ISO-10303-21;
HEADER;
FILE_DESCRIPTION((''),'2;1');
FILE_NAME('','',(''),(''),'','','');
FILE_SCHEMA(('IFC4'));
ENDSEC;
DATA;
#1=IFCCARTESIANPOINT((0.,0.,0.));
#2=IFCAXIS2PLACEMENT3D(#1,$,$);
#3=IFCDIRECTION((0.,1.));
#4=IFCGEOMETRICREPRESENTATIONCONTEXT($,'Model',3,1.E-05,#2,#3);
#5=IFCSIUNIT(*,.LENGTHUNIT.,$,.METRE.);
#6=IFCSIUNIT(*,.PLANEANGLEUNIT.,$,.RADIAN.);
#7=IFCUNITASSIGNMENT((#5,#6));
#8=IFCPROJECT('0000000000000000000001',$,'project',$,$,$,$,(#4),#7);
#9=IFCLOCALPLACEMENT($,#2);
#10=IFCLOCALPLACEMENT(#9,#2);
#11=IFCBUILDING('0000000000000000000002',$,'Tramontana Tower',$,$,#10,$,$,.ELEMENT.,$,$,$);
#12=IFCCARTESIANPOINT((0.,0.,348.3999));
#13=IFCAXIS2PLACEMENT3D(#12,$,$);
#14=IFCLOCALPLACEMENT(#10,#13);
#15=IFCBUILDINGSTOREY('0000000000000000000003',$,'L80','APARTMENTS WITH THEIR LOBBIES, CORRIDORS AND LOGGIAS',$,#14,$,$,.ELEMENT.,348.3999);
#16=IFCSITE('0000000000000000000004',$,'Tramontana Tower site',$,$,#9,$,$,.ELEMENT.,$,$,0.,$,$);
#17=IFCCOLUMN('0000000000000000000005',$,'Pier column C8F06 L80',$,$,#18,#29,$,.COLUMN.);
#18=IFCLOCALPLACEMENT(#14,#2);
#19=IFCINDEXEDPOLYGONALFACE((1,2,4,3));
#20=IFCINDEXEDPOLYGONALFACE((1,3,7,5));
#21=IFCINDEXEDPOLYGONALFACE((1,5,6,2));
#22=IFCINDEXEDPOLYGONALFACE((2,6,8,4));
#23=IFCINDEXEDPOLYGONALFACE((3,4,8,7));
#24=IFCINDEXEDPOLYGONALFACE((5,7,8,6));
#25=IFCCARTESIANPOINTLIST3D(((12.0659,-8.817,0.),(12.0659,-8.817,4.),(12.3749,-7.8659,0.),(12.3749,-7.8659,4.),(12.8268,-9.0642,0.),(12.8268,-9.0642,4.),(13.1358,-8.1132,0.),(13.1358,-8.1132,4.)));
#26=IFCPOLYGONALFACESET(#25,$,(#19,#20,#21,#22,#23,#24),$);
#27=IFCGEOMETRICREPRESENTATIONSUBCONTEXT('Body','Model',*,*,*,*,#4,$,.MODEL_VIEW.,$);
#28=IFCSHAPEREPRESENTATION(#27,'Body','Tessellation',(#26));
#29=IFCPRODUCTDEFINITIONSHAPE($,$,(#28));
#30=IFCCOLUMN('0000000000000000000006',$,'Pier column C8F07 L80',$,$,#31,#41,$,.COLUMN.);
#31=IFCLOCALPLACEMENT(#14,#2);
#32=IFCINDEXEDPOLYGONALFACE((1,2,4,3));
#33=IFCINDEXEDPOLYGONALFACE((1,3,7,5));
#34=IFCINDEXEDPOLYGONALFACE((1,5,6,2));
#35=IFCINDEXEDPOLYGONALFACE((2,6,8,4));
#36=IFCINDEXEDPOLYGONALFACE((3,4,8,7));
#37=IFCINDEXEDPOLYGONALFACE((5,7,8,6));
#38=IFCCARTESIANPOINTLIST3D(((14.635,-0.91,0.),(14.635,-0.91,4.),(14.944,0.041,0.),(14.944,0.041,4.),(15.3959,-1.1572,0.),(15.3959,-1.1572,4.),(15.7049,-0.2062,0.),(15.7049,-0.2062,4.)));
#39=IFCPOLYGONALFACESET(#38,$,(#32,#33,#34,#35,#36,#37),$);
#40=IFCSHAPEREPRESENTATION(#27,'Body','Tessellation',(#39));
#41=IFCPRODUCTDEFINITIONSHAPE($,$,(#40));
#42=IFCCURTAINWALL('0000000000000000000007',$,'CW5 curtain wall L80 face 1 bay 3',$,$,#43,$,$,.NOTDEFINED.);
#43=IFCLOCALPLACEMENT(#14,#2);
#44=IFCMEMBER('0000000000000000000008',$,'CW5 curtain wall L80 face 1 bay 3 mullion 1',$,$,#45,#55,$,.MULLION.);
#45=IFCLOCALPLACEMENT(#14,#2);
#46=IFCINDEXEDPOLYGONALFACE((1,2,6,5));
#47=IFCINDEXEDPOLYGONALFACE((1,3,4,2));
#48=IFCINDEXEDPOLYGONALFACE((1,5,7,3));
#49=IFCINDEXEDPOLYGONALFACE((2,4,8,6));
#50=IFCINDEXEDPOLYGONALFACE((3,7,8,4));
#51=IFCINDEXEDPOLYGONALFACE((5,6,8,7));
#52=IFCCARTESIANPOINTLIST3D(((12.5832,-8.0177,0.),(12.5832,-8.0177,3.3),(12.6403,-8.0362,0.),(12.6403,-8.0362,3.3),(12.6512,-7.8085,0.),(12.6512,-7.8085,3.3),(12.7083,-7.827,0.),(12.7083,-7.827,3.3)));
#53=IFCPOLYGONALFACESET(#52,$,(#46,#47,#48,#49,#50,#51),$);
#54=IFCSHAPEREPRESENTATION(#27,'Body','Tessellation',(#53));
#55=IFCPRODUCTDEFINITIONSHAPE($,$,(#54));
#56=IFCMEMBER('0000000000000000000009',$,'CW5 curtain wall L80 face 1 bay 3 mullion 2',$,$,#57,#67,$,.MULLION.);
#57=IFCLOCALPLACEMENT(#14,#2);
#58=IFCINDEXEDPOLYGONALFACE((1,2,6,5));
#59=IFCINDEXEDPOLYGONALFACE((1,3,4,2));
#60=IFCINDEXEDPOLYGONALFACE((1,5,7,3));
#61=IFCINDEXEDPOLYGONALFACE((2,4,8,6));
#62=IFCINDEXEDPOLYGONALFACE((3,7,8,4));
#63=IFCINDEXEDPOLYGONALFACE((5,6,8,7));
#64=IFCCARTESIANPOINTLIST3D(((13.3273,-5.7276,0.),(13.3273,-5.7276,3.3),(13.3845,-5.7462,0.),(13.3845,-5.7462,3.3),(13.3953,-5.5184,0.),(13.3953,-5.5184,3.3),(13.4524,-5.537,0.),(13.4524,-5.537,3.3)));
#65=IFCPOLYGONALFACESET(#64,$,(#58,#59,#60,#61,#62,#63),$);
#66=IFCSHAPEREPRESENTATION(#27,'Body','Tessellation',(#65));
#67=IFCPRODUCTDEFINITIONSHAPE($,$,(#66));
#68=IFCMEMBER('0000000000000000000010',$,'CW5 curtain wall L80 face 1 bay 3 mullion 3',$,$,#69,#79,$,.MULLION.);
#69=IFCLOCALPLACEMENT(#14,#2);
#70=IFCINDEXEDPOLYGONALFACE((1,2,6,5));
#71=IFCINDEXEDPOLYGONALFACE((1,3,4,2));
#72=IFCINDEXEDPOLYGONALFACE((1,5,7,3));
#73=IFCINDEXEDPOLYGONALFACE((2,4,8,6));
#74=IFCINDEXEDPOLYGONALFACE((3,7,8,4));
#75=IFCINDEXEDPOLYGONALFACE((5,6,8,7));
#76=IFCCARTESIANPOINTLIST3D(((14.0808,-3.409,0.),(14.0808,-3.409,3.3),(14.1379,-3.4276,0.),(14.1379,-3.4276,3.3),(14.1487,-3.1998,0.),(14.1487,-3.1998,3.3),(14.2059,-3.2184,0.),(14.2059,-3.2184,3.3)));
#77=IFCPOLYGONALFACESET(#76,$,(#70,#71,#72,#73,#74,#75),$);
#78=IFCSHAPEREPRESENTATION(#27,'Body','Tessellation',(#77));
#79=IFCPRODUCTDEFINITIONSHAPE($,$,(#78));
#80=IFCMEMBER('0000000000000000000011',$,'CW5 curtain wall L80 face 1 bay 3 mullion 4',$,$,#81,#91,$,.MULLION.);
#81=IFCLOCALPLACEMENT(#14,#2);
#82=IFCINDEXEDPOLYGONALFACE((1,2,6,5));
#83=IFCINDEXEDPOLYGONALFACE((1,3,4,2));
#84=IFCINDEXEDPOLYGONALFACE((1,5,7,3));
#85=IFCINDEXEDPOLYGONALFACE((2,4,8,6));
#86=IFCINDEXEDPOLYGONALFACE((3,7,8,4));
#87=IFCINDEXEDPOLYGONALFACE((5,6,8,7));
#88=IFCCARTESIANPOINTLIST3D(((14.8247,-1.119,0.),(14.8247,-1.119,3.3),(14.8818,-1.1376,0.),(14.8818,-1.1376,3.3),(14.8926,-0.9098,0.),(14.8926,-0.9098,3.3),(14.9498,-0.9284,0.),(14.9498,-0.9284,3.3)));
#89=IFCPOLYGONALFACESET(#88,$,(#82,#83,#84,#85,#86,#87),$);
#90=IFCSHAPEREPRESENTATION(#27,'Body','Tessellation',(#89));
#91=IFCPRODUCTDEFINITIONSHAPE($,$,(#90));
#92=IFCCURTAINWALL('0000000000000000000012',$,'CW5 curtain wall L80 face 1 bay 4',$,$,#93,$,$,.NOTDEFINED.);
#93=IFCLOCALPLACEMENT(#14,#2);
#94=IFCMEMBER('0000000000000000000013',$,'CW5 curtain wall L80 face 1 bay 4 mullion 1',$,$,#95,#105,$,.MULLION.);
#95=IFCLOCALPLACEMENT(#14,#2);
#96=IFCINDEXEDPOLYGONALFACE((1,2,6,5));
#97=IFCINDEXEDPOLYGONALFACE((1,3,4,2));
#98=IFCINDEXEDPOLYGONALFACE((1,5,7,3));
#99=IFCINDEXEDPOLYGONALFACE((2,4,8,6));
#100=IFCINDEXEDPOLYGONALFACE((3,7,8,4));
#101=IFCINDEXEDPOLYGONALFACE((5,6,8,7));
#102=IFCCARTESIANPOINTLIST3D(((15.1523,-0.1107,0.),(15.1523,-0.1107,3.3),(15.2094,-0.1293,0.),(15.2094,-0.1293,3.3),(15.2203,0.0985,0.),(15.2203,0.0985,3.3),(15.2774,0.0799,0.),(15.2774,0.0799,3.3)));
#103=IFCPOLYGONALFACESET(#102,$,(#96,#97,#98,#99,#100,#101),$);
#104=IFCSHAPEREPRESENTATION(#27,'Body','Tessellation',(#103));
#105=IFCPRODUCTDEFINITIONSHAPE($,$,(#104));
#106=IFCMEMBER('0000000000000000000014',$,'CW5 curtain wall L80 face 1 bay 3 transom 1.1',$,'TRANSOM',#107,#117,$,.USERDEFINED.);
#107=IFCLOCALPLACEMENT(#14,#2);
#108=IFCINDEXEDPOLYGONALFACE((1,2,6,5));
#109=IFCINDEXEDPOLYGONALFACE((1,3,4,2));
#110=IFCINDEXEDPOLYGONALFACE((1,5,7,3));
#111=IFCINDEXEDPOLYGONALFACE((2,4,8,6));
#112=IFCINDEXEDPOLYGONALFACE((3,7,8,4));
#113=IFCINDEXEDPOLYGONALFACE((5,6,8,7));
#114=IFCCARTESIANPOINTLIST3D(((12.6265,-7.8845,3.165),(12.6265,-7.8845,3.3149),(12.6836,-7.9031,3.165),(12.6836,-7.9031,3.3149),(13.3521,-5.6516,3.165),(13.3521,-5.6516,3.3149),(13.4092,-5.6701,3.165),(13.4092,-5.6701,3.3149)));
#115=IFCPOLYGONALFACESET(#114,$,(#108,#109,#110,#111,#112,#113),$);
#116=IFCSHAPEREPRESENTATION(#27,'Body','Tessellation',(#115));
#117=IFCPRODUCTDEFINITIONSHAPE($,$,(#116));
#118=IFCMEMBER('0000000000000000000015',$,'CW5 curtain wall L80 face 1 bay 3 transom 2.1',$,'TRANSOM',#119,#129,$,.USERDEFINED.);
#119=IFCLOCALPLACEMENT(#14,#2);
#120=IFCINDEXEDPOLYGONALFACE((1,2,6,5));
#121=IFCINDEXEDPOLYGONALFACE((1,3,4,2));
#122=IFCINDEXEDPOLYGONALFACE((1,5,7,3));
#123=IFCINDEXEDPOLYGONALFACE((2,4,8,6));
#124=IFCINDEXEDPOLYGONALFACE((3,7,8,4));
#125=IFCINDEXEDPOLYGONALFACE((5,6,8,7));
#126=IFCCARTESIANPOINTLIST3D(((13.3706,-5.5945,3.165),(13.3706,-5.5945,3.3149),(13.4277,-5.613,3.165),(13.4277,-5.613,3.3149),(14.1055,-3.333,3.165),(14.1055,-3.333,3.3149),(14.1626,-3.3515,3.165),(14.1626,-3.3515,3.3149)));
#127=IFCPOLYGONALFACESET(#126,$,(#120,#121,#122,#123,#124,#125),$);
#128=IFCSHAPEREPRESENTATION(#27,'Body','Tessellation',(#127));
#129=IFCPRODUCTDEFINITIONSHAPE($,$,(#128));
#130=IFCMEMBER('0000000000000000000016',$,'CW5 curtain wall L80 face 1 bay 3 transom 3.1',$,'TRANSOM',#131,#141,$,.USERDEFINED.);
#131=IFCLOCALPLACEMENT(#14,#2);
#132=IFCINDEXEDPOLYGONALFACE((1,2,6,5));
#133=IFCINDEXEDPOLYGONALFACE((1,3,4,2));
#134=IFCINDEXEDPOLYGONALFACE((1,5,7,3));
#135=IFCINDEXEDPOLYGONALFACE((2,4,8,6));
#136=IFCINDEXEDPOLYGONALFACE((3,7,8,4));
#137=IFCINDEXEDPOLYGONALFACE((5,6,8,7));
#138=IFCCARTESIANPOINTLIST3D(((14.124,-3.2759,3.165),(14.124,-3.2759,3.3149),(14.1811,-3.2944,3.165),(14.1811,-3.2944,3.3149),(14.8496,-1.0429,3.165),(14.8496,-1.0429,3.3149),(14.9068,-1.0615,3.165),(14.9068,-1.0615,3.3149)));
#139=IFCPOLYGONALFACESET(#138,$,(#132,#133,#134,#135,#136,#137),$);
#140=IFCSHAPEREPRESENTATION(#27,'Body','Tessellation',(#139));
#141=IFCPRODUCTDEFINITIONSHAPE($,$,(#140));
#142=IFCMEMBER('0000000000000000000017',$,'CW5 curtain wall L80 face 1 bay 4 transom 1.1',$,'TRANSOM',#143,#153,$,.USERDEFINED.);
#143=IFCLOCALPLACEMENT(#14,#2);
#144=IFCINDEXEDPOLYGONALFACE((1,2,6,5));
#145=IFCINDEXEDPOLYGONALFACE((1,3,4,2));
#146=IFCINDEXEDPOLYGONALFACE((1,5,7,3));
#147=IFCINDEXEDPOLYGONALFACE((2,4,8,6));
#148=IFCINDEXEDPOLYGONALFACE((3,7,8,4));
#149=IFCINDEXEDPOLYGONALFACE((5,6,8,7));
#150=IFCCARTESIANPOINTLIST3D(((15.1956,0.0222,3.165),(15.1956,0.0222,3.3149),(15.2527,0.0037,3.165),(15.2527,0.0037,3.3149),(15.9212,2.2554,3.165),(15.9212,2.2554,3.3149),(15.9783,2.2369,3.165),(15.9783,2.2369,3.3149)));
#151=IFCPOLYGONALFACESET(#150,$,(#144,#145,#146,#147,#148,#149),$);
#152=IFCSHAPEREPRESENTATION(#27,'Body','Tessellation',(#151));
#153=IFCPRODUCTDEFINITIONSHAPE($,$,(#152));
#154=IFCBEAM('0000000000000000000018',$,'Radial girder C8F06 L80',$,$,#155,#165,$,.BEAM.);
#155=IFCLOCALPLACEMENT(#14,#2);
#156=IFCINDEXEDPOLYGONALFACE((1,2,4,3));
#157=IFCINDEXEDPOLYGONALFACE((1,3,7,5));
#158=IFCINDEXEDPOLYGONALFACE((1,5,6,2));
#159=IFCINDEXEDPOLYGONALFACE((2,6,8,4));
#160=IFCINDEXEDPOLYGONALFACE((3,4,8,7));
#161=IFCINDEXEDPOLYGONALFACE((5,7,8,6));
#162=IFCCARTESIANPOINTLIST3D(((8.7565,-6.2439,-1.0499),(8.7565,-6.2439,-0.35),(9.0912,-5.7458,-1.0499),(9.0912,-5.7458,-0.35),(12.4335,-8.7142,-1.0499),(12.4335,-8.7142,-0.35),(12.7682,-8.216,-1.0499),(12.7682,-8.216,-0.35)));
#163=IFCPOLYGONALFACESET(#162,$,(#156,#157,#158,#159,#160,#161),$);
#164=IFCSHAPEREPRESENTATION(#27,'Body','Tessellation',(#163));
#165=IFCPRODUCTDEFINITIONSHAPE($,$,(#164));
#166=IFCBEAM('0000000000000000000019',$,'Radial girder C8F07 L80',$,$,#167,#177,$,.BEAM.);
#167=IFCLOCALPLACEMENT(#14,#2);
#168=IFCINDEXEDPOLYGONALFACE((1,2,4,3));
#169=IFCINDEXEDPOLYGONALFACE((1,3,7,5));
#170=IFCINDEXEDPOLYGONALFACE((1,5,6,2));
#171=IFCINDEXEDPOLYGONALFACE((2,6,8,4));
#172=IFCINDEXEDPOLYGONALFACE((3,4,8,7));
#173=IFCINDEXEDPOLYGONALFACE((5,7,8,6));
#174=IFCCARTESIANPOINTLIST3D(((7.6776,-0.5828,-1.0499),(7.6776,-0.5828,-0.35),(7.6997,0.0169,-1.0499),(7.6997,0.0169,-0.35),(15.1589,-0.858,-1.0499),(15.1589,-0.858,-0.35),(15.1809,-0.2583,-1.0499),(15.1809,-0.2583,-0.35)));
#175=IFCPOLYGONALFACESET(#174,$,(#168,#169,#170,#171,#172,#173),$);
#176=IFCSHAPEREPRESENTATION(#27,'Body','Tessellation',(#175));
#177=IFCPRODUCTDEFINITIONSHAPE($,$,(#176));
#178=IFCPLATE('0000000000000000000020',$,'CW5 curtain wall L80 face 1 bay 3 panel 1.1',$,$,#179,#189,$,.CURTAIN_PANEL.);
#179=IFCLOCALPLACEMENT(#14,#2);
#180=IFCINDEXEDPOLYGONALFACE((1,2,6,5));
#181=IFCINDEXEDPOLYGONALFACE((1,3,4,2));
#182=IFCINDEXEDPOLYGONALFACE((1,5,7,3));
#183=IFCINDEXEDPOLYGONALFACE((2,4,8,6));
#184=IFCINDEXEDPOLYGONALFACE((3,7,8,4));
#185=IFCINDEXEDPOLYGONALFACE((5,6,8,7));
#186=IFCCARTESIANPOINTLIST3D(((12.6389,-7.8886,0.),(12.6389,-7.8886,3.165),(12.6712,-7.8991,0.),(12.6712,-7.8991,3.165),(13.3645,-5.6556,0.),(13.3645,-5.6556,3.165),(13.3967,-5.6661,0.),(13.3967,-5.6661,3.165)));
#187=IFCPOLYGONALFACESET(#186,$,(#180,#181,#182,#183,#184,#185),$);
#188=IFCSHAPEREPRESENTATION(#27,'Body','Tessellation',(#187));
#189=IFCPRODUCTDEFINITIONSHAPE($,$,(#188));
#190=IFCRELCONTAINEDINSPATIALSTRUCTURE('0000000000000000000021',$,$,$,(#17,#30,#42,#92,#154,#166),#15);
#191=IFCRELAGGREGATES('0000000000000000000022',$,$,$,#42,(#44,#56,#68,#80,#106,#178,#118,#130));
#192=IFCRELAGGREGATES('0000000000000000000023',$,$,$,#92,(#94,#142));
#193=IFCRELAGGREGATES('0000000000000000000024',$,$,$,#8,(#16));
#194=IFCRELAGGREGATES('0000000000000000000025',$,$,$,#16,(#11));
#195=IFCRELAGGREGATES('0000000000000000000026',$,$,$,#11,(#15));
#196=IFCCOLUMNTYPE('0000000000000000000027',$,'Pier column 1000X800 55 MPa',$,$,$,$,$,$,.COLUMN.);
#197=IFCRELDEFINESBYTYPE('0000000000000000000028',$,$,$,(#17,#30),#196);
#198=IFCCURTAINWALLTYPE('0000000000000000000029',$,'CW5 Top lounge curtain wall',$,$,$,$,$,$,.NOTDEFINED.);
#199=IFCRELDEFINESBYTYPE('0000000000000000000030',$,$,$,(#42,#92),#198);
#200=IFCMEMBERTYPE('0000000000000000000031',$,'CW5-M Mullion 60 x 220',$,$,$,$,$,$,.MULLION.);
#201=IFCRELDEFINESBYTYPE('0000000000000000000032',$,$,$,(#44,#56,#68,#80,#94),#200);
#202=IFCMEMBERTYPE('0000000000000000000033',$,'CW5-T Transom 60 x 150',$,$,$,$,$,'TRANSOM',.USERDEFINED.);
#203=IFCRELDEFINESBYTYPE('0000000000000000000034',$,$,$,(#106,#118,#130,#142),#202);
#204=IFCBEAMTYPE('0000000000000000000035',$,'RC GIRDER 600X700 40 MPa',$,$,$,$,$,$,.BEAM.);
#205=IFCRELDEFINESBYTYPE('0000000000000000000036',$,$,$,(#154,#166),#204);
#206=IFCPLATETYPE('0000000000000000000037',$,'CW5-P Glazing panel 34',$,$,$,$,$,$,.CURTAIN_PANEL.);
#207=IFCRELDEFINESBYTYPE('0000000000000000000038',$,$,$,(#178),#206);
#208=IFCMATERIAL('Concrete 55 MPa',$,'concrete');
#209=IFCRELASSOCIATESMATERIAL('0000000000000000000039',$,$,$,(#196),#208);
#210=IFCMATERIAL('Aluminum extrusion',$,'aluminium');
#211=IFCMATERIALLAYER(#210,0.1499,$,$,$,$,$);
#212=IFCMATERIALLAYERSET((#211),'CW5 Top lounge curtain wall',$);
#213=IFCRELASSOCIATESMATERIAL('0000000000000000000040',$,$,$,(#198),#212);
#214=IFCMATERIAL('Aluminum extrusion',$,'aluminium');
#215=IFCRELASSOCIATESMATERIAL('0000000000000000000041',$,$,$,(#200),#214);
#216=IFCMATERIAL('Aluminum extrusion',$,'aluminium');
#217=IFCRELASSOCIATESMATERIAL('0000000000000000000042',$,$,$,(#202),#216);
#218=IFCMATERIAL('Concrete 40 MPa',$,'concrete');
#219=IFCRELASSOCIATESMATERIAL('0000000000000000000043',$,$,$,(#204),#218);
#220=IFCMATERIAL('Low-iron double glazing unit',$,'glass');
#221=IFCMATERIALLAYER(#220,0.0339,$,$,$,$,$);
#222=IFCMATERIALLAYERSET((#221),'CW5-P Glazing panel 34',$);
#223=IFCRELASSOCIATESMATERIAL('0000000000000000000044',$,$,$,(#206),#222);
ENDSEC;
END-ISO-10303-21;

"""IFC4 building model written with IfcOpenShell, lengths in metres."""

from ifc_helpers import new_model, si_unit, direction, frame, origin, origin_2d, place, context, subcontext, project, spatial, rectangle, extrude, material, layer, layer_set, material_profile, profile_set, type_object, element, aggregate, save


model = new_model("IFC4")

# Units and contexts
model_context = context("Model", 3, precision=1e-05, world=origin(), true_north=direction((0.0, 1.0)))
body_context = subcontext(model_context, "Body", "Model", "MODEL_VIEW")
ifc_project = project(units=[si_unit("LENGTHUNIT", "METRE"), si_unit("PLANEANGLEUNIT", "RADIAN")], contexts=[model_context])

# Site, building, storey
site_placement = place(None, origin())
site = spatial("IfcSite", under=ifc_project, at=site_placement, Name="Tramontana Tower site", CompositionType="ELEMENT", RefElevation=0.0)
building_placement = place(site_placement, origin())
building = spatial("IfcBuilding", under=site, at=building_placement, Name="Tramontana Tower", CompositionType="ELEMENT")
storey_placement = place(building_placement, frame((0.0, 0.0, 348.3999)))
storey = spatial("IfcBuildingStorey", under=building, at=storey_placement, Name="L80", Description="APARTMENTS WITH THEIR LOBBIES, CORRIDORS AND LOGGIAS", CompositionType="ELEMENT", Elevation=348.3999)

# Columns
ifc_material_1 = material(Name="Concrete 55 MPa", Category="concrete")
ifc_material_profile_1 = material_profile(ifc_material_1, rectangle(XDim=1.0, YDim=0.8, at=origin_2d()), Name="Pier column 1000X800 55 MPa")
ifc_profile_set_1 = profile_set([ifc_material_profile_1], Name="Concrete 55 MPa")
column_type = type_object("IfcColumnType", Name="Pier column 1000X800 55 MPa", PredefinedType="COLUMN", material=ifc_profile_set_1)
for number, where, z_axis, x_axis, name in (
    (1, (12.6008, -8.4651, 0.0), (0.0, 0.0, 1.0), (0.309017, 0.951057, 0.0), "Pier column C8F06 L80"),
    (2, (15.1699, -0.5581, 0.0), (0.0, 0.0, 1.0), (0.309017, 0.951057, 0.0), "Pier column C8F07 L80"),
):
    element("IfcColumn", number, at=place(storey_placement, frame(where, z_axis=z_axis, x_axis=x_axis)), inside=storey, type_object=column_type, Name=name, PredefinedType="COLUMN", context=body_context, shape_type="SweptSolid", body=[
        extrude(rectangle(XDim=1.0, YDim=0.8, at=origin_2d()), origin(), (0.0, 0.0, 1.0), 4.0),
    ])

# Curtain wall, members
ifc_material_2 = material(Name="Aluminum extrusion", Category="aluminium")
ifc_layer_1 = layer(ifc_material_2, 0.1499)
ifc_layer_set_1 = layer_set([ifc_layer_1], Name="CW5 Top lounge curtain wall")
curtain_wall_type = type_object("IfcCurtainWallType", Name="CW5 Top lounge curtain wall", PredefinedType="NOTDEFINED", material=ifc_layer_set_1)
curtain_wall_1_placement = place(storey_placement, origin())
curtain_wall_1 = element("IfcCurtainWall", 3, at=curtain_wall_1_placement, inside=storey, type_object=curtain_wall_type, Name="CW5 curtain wall L80 face 1 bay 3", PredefinedType="NOTDEFINED")
ifc_material_3 = material(Name="Aluminum extrusion", Category="aluminium")
ifc_material_profile_2 = material_profile(ifc_material_3, rectangle(XDim=0.0601, YDim=0.22, at=origin_2d()), Name="CW5-M Mullion 60 x 220")
ifc_profile_set_2 = profile_set([ifc_material_profile_2], Name="Aluminum extrusion")
member_type_1 = type_object("IfcMemberType", Name="CW5-M Mullion 60 x 220", PredefinedType="MULLION", material=ifc_profile_set_2)
member_1_placement = place(storey_placement, frame((12.6458, -7.9224, 0.0), z_axis=(0.0, 0.0, 1.0), x_axis=(-0.951057, 0.309017, 0.0)))
member_1 = element("IfcMember", 4, at=member_1_placement, type_object=member_type_1, Name="CW5 curtain wall L80 face 1 bay 3 mullion 1", PredefinedType="MULLION", context=body_context, shape_type="SweptSolid", body=[
    extrude(rectangle(XDim=0.0601, YDim=0.22, at=origin_2d()), origin(), (0.0, 0.0, 1.0), 3.3),
])
member_2_placement = place(storey_placement, frame((13.3899, -5.6323, 0.0), z_axis=(0.0, 0.0, 1.0), x_axis=(-0.951057, 0.309017, 0.0)))
member_2 = element("IfcMember", 5, at=member_2_placement, type_object=member_type_1, Name="CW5 curtain wall L80 face 1 bay 3 mullion 2", PredefinedType="MULLION", context=body_context, shape_type="SweptSolid", body=[
    extrude(rectangle(XDim=0.0601, YDim=0.22, at=origin_2d()), origin(), (0.0, 0.0, 1.0), 3.3),
])
member_3_placement = place(storey_placement, frame((14.1433, -3.3137, 0.0), z_axis=(0.0, 0.0, 1.0), x_axis=(-0.951057, 0.309017, 0.0)))
member_3 = element("IfcMember", 6, at=member_3_placement, type_object=member_type_1, Name="CW5 curtain wall L80 face 1 bay 3 mullion 3", PredefinedType="MULLION", context=body_context, shape_type="SweptSolid", body=[
    extrude(rectangle(XDim=0.0601, YDim=0.22, at=origin_2d()), origin(), (0.0, 0.0, 1.0), 3.3),
])
member_4_placement = place(storey_placement, frame((14.8872, -1.0237, 0.0), z_axis=(0.0, 0.0, 1.0), x_axis=(-0.951057, 0.309017, 0.0)))
member_4 = element("IfcMember", 7, at=member_4_placement, type_object=member_type_1, Name="CW5 curtain wall L80 face 1 bay 3 mullion 4", PredefinedType="MULLION", context=body_context, shape_type="SweptSolid", body=[
    extrude(rectangle(XDim=0.0601, YDim=0.22, at=origin_2d()), origin(), (0.0, 0.0, 1.0), 3.3),
])

# Curtain wall, member
curtain_wall_2_placement = place(storey_placement, origin())
curtain_wall_2 = element("IfcCurtainWall", 8, at=curtain_wall_2_placement, inside=storey, type_object=curtain_wall_type, Name="CW5 curtain wall L80 face 1 bay 4", PredefinedType="NOTDEFINED")
member_5_placement = place(storey_placement, frame((15.2148, -0.0154, 0.0), z_axis=(0.0, 0.0, 1.0), x_axis=(-0.951057, 0.309017, 0.0)))
member_5 = element("IfcMember", 9, at=member_5_placement, type_object=member_type_1, Name="CW5 curtain wall L80 face 1 bay 4 mullion 1", PredefinedType="MULLION", context=body_context, shape_type="SweptSolid", body=[
    extrude(rectangle(XDim=0.0601, YDim=0.22, at=origin_2d()), origin(), (0.0, 0.0, 1.0), 3.3),
])

# Members
ifc_material_4 = material(Name="Aluminum extrusion", Category="aluminium")
ifc_material_profile_3 = material_profile(ifc_material_4, rectangle(XDim=0.0601, YDim=0.1499, at=origin_2d()), Name="CW5-T Transom 60 x 150")
ifc_profile_set_3 = profile_set([ifc_material_profile_3], Name="Aluminum extrusion")
member_type_2 = type_object("IfcMemberType", Name="CW5-T Transom 60 x 150", ElementType="TRANSOM", PredefinedType="USERDEFINED", material=ifc_profile_set_3)
member_6_placement = place(storey_placement, frame((12.655, -7.8938, 3.24), z_axis=(0.309044, 0.951048, 0.0), x_axis=(-0.951048, 0.309044, 0.0)))
member_6 = element("IfcMember", 10, at=member_6_placement, type_object=member_type_2, Name="CW5 curtain wall L80 face 1 bay 3 transom 1.1", ObjectType="TRANSOM", PredefinedType="USERDEFINED", context=body_context, shape_type="SweptSolid", body=[
    extrude(rectangle(XDim=0.0601, YDim=0.1499, at=origin_2d()), origin(), (0.0, 0.0, 1.0), 2.3479),
])
member_7_placement = place(storey_placement, frame((13.3992, -5.6038, 3.24), z_axis=(0.309042, 0.951048, 0.0), x_axis=(-0.951048, 0.309042, 0.0)))
member_7 = element("IfcMember", 11, at=member_7_placement, type_object=member_type_2, Name="CW5 curtain wall L80 face 1 bay 3 transom 2.1", ObjectType="TRANSOM", PredefinedType="USERDEFINED", context=body_context, shape_type="SweptSolid", body=[
    extrude(rectangle(XDim=0.0601, YDim=0.1499, at=origin_2d()), origin(), (0.0, 0.0, 1.0), 2.3779),
])
member_8_placement = place(storey_placement, frame((14.1526, -3.2852, 3.24), z_axis=(0.309044, 0.951048, 0.0), x_axis=(-0.951048, 0.309044, 0.0)))
member_8 = element("IfcMember", 12, at=member_8_placement, type_object=member_type_2, Name="CW5 curtain wall L80 face 1 bay 3 transom 3.1", ObjectType="TRANSOM", PredefinedType="USERDEFINED", context=body_context, shape_type="SweptSolid", body=[
    extrude(rectangle(XDim=0.0601, YDim=0.1499, at=origin_2d()), origin(), (0.0, 0.0, 1.0), 2.3479),
])
member_9_placement = place(storey_placement, frame((15.2241, 0.0129, 3.24), z_axis=(0.309013, 0.951058, 0.0), x_axis=(-0.951058, 0.309013, 0.0)))
member_9 = element("IfcMember", 13, at=member_9_placement, type_object=member_type_2, Name="CW5 curtain wall L80 face 1 bay 4 transom 1.1", ObjectType="TRANSOM", PredefinedType="USERDEFINED", context=body_context, shape_type="SweptSolid", body=[
    extrude(rectangle(XDim=0.0601, YDim=0.1499, at=origin_2d()), origin(), (0.0, 0.0, 1.0), 2.3481),
])

# Beams
ifc_material_5 = material(Name="Concrete 40 MPa", Category="concrete")
ifc_material_profile_4 = material_profile(ifc_material_5, rectangle(XDim=0.6001, YDim=0.7, at=origin_2d()), Name="RC GIRDER 600X700 40 MPa")
ifc_profile_set_4 = profile_set([ifc_material_profile_4], Name="Concrete 40 MPa")
beam_type = type_object("IfcBeamType", Name="RC GIRDER 600X700 40 MPa", PredefinedType="BEAM", material=ifc_profile_set_4)
beam_1_placement = place(storey_placement, frame((12.6008, -8.4651, -0.7), z_axis=(-0.830078, 0.557647, 0.0), x_axis=(-0.557647, -0.830078, 0.0)))
element("IfcBeam", 14, at=beam_1_placement, inside=storey, type_object=beam_type, Name="Radial girder C8F06 L80", PredefinedType="BEAM", context=body_context, shape_type="SweptSolid", body=[
    extrude(rectangle(XDim=0.6001, YDim=0.7, at=origin_2d()), origin(), (0.0, 0.0, 1.0), 4.4297),
])
beam_2_placement = place(storey_placement, frame((15.1699, -0.5581, -0.7), z_axis=(-0.999324, 0.036754, 0.0), x_axis=(-0.036754, -0.999324, 0.0)))
element("IfcBeam", 15, at=beam_2_placement, inside=storey, type_object=beam_type, Name="Radial girder C8F07 L80", PredefinedType="BEAM", context=body_context, shape_type="SweptSolid", body=[
    extrude(rectangle(XDim=0.6001, YDim=0.7, at=origin_2d()), origin(), (0.0, 0.0, 1.0), 7.4863),
])

# Plate
ifc_material_6 = material(Name="Low-iron double glazing unit", Category="glass")
ifc_layer_2 = layer(ifc_material_6, 0.0339)
ifc_layer_set_2 = layer_set([ifc_layer_2], Name="CW5-P Glazing panel 34")
plate_type = type_object("IfcPlateType", Name="CW5-P Glazing panel 34", PredefinedType="CURTAIN_PANEL", material=ifc_layer_set_2)
plate_1_placement = place(storey_placement, frame((13.0178, -6.7773, 0.0), z_axis=(0.0, 0.0, 1.0), x_axis=(0.309017, 0.951057, 0.0)))
plate_1 = element("IfcPlate", 16, at=plate_1_placement, type_object=plate_type, Name="CW5 curtain wall L80 face 1 bay 3 panel 1.1", PredefinedType="CURTAIN_PANEL", context=body_context, shape_type="SweptSolid", body=[
    extrude(rectangle(XDim=2.3479, YDim=0.0339, at=origin_2d()), origin(), (0.0, 0.0, 1.0), 3.165),
])
aggregate(curtain_wall_1, [member_1, member_2, member_3, member_4, member_6, plate_1, member_7, member_8])
aggregate(curtain_wall_2, [member_5, member_9])

save(model, "model.ifc")
